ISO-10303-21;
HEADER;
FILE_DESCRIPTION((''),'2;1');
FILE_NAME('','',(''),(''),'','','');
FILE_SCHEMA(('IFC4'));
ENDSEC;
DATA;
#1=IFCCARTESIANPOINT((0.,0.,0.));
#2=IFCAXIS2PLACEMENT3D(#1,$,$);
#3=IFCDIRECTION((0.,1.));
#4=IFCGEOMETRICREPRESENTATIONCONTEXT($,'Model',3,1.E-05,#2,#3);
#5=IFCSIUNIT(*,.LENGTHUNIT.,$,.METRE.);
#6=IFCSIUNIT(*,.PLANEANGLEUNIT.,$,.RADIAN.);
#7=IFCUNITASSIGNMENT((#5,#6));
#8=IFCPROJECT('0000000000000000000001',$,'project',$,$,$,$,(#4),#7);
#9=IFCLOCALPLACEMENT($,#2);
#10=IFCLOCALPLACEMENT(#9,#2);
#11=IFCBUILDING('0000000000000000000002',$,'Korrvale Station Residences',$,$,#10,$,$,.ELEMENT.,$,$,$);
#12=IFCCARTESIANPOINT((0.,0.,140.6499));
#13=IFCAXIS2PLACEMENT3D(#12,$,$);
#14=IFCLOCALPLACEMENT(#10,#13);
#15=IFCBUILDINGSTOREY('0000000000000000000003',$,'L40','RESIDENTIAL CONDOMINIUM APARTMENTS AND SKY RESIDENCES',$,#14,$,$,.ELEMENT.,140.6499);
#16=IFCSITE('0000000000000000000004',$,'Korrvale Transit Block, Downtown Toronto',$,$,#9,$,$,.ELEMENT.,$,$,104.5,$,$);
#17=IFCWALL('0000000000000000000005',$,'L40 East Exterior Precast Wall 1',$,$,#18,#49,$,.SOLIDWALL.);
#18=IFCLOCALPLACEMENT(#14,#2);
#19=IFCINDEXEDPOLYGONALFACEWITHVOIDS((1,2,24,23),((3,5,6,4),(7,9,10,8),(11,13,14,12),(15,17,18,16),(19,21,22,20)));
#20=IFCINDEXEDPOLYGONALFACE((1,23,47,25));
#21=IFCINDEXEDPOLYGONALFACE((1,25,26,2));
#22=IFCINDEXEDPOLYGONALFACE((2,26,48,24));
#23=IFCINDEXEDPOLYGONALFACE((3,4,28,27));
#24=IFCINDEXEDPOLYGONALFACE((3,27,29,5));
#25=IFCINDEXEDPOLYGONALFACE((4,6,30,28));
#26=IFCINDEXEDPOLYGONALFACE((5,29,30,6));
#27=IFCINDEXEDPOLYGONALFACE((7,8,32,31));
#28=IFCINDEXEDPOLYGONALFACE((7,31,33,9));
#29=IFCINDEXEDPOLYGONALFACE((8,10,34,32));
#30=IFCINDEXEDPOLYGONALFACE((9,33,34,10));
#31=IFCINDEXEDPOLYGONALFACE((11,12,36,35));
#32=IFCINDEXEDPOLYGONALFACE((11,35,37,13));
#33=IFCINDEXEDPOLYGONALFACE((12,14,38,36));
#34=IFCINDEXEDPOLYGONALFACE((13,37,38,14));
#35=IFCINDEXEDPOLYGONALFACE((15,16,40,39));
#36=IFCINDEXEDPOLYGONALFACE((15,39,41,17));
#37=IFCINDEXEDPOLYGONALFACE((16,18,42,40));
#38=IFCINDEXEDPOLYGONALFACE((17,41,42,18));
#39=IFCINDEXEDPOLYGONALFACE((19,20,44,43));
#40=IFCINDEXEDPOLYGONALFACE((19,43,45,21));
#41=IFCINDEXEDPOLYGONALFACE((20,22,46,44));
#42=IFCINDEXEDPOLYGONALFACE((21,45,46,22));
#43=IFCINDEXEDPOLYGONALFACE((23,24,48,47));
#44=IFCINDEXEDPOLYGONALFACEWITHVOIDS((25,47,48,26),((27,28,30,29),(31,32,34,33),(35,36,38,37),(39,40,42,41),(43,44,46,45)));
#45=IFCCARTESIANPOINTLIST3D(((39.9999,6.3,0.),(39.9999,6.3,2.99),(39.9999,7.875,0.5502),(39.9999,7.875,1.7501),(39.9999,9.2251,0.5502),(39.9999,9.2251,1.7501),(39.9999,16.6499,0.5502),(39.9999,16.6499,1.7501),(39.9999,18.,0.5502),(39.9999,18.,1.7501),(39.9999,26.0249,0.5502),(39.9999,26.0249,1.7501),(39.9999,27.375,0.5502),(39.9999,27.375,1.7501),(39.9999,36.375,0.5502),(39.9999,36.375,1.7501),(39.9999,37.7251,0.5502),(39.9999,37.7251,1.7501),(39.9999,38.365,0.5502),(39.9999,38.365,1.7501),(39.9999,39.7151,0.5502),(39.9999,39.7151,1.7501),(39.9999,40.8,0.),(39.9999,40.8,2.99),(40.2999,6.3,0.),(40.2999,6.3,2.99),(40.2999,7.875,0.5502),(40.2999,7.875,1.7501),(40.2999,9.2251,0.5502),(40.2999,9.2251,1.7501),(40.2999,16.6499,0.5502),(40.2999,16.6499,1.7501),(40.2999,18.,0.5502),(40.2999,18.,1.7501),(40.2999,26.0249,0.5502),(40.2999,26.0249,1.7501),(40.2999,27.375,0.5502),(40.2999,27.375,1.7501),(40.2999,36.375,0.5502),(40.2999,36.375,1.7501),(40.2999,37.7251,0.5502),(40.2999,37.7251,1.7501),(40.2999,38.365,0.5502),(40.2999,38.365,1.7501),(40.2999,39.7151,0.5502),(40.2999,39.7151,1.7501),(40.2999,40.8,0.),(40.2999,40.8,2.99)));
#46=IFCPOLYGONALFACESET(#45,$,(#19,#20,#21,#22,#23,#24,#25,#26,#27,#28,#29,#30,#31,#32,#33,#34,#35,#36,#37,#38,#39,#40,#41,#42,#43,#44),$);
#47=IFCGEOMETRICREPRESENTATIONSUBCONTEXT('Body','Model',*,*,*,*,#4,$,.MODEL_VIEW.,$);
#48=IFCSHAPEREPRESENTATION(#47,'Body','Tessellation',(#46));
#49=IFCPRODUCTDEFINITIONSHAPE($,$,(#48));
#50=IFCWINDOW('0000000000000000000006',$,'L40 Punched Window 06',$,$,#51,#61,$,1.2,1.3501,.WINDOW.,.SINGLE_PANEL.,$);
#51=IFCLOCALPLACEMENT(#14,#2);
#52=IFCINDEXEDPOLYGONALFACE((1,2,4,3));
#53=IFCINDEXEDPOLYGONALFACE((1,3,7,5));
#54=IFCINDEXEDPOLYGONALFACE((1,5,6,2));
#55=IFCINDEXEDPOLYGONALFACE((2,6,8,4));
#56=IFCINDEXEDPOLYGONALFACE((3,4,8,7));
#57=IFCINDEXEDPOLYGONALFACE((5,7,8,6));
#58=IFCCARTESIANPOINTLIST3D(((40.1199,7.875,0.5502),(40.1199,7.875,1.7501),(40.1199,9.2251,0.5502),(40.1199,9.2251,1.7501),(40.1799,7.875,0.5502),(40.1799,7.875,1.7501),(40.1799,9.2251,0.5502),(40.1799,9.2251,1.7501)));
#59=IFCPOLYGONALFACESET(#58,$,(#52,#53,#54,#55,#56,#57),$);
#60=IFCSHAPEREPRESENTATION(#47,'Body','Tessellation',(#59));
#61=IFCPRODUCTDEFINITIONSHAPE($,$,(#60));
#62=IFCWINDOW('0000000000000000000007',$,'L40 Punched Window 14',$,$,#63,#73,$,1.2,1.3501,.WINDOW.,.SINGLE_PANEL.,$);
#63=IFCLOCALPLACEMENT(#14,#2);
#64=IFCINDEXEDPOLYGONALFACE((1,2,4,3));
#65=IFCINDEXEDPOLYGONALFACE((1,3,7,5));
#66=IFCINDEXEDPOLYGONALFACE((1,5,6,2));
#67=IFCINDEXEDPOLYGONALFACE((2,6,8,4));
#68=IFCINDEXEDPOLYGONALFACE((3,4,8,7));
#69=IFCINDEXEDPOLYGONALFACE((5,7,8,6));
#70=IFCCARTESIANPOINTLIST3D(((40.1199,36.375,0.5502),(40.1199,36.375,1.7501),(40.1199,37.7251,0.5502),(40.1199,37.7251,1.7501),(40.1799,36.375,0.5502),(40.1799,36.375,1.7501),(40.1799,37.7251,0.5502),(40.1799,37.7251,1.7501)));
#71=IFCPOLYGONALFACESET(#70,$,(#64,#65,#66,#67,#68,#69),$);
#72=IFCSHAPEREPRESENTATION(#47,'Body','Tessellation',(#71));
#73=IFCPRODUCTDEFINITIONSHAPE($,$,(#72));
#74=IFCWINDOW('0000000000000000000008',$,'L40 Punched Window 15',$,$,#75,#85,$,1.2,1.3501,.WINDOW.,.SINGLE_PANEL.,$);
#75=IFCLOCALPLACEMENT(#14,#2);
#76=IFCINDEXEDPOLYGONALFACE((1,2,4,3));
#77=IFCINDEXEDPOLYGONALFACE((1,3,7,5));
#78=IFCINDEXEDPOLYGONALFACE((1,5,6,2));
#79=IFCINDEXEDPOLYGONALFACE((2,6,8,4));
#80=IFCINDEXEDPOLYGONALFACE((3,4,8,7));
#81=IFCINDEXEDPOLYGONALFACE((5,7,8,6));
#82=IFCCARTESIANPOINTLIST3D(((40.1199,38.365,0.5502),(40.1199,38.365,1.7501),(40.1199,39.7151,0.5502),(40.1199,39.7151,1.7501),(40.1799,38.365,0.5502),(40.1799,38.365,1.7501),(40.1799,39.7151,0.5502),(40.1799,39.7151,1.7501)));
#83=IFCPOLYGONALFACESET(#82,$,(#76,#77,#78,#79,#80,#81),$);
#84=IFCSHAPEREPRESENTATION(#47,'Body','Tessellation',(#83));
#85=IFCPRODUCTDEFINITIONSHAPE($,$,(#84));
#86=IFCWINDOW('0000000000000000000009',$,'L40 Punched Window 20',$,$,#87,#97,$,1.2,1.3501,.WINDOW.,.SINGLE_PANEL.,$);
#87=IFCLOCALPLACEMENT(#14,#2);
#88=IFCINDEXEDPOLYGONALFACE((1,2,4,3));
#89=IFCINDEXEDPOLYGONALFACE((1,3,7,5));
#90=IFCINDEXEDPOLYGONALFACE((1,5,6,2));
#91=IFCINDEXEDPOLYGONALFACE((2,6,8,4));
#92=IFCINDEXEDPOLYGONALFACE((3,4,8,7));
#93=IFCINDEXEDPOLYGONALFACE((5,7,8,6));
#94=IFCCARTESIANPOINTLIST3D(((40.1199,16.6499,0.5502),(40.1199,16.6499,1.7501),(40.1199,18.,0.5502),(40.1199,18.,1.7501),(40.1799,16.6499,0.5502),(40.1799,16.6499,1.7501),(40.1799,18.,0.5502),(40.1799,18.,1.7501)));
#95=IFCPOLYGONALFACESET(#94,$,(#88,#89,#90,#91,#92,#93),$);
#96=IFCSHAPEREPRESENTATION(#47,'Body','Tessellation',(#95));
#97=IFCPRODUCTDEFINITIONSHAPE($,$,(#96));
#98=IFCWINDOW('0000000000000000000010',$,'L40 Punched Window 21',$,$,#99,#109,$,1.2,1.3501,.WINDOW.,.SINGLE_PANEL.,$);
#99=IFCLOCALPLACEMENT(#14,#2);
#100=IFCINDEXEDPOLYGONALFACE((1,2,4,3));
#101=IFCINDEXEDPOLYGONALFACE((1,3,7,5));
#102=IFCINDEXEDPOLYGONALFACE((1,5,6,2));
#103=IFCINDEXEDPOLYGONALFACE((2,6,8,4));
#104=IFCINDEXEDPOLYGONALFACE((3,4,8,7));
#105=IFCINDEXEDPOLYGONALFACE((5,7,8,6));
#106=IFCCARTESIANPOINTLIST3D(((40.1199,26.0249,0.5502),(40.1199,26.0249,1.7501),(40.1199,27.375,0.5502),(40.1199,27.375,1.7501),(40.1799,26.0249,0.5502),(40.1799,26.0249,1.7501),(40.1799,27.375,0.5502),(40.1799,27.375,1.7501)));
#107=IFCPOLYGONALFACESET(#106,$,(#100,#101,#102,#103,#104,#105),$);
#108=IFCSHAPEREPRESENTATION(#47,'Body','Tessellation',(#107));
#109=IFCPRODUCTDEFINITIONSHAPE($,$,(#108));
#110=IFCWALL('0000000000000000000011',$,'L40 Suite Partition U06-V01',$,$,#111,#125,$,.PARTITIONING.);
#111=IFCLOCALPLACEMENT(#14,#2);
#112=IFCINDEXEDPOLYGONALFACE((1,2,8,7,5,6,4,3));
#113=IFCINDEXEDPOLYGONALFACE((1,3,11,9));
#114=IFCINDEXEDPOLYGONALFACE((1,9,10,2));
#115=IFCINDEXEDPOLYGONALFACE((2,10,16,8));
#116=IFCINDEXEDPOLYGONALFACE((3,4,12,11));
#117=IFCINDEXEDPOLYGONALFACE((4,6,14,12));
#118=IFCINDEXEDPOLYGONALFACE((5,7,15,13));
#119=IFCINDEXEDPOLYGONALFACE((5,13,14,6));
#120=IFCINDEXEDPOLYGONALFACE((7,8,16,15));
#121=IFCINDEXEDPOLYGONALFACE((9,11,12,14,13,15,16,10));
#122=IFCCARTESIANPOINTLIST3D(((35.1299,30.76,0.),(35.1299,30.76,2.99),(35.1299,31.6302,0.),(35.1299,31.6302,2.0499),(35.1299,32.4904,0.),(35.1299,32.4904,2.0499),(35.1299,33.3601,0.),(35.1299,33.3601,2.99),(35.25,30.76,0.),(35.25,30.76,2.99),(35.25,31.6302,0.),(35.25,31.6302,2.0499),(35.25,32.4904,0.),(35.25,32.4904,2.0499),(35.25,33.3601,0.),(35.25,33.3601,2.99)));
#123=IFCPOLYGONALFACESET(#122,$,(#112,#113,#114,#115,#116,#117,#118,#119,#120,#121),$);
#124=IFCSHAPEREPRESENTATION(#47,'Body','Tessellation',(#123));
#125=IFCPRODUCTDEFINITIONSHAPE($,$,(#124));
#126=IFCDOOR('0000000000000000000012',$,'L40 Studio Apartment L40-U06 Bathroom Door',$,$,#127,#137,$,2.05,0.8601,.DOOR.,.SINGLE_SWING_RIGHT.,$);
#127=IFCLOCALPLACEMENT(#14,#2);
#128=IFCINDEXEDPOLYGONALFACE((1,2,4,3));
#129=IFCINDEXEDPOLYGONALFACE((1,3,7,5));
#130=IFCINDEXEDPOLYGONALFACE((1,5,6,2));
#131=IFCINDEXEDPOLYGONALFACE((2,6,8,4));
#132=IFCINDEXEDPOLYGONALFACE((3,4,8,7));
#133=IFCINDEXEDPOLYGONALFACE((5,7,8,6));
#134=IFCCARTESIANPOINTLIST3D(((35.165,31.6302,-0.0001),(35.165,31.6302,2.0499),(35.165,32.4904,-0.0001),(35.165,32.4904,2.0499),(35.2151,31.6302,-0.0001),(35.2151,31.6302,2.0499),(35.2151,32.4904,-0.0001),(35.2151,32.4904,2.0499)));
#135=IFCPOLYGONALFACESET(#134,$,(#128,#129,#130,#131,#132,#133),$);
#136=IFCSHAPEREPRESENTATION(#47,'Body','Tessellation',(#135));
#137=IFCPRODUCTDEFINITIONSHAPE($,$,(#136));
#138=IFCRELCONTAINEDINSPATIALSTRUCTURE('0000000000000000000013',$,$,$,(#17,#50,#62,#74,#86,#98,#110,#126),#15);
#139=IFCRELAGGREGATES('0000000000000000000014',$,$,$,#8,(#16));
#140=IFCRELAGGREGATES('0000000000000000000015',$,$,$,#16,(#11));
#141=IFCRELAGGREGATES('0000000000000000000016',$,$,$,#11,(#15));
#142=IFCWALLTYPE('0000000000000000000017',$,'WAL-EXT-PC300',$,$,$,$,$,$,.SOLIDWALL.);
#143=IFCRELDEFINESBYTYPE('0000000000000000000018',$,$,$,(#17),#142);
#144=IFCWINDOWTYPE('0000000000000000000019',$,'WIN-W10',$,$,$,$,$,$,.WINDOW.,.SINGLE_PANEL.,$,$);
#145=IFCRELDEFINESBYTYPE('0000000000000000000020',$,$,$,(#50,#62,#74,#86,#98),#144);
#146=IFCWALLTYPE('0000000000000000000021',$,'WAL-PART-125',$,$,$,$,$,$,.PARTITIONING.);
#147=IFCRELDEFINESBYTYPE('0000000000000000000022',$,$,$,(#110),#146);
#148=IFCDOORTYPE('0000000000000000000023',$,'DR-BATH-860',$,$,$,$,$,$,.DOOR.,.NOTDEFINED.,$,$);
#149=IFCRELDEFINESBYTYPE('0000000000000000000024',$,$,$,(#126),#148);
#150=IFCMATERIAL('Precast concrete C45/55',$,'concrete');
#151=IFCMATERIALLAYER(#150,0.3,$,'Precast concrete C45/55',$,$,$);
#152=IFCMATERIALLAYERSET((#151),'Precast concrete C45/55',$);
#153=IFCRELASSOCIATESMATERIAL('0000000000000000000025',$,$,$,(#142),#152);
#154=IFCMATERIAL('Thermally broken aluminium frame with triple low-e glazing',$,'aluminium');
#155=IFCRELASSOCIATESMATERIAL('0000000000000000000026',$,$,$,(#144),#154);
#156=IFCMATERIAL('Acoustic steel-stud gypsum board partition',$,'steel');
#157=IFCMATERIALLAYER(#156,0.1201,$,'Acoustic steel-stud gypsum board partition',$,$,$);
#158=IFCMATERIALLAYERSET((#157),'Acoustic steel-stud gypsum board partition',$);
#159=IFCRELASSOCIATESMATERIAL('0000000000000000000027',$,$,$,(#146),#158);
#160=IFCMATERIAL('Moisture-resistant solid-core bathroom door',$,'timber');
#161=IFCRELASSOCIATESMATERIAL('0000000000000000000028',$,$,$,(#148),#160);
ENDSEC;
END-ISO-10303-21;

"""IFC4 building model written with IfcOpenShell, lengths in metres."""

from ifc_helpers import new_model, si_unit, direction, frame, frame_2d, origin, place, context, subcontext, project, spatial, rectangle, extrude, material, layer, layer_set, type_object, element, fill, save


model = new_model("IFC4")

# Units and contexts
model_context = context("Model", 3, precision=1e-05, world=origin(), true_north=direction((0.0, 1.0)))
body_context = subcontext(model_context, "Body", "Model", "MODEL_VIEW")
ifc_project = project(units=[si_unit("LENGTHUNIT", "METRE"), si_unit("PLANEANGLEUNIT", "RADIAN")], contexts=[model_context])

# Site, building, storey
site_placement = place(None, origin())
site = spatial("IfcSite", under=ifc_project, at=site_placement, Name="Korrvale Transit Block, Downtown Toronto", CompositionType="ELEMENT", RefElevation=104.5)
building_placement = place(site_placement, origin())
building = spatial("IfcBuilding", under=site, at=building_placement, Name="Korrvale Station Residences", CompositionType="ELEMENT")
storey_placement = place(building_placement, frame((0.0, 0.0, 140.6499)))
storey = spatial("IfcBuildingStorey", under=building, at=storey_placement, Name="L40", Description="RESIDENTIAL CONDOMINIUM APARTMENTS AND SKY RESIDENCES", CompositionType="ELEMENT", Elevation=140.6499)

# Shared definitions
ifc_material_1 = material(Name="Precast concrete C45/55", Category="concrete")
ifc_layer_1 = layer(ifc_material_1, 0.3, Name="Precast concrete C45/55")
ifc_layer_set_1 = layer_set([ifc_layer_1], Name="Precast concrete C45/55")
wall_type_1 = type_object("IfcWallType", Name="WAL-EXT-PC300", PredefinedType="SOLIDWALL", material=ifc_layer_set_1)

# Wall, openings, windows
wall_1_placement = place(storey_placement, frame((40.1499, 40.8, 0.0), z_axis=(0.0, 0.0, 1.0), x_axis=(0.0, -1.0, 0.0)))
wall_1 = element("IfcWall", 1, at=wall_1_placement, inside=storey, type_object=wall_type_1, Name="L40 East Exterior Precast Wall 1", PredefinedType="SOLIDWALL", context=body_context, shape_type="SweptSolid", body=[
    extrude(rectangle(XDim=34.5, YDim=0.3, at=frame_2d((17.25, 0.0))), origin(), (0.0, 0.0, 1.0), 2.99),
])
opening_1_placement = place(wall_1_placement, frame((31.575, 0.0, 0.55)))
opening_1 = element("IfcOpeningElement", 2, at=opening_1_placement, cuts=wall_1, PredefinedType="OPENING", context=body_context, shape_type="SweptSolid", body=[
    extrude(rectangle(XDim=1.3501, YDim=1.2, at=frame_2d((0.675, 0.6001))), frame((0.0, 0.1602, 0.0), z_axis=(0.0, -1.0, 0.0), x_axis=(1.0, 0.0, 0.0)), (0.0, 0.0, 1.0), 0.3201),
])
opening_2_placement = place(wall_1_placement, frame((3.075, 0.0, 0.55)))
opening_2 = element("IfcOpeningElement", 3, at=opening_2_placement, cuts=wall_1, PredefinedType="OPENING", context=body_context, shape_type="SweptSolid", body=[
    extrude(rectangle(XDim=1.3501, YDim=1.2, at=frame_2d((0.675, 0.6001))), frame((0.0, 0.1602, 0.0), z_axis=(0.0, -1.0, 0.0), x_axis=(1.0, 0.0, 0.0)), (0.0, 0.0, 1.0), 0.3201),
])
opening_3_placement = place(wall_1_placement, frame((1.085, 0.0, 0.55)))
opening_3 = element("IfcOpeningElement", 4, at=opening_3_placement, cuts=wall_1, PredefinedType="OPENING", context=body_context, shape_type="SweptSolid", body=[
    extrude(rectangle(XDim=1.3501, YDim=1.2, at=frame_2d((0.675, 0.6001))), frame((0.0, 0.1602, 0.0), z_axis=(0.0, -1.0, 0.0), x_axis=(1.0, 0.0, 0.0)), (0.0, 0.0, 1.0), 0.3201),
])
opening_4_placement = place(wall_1_placement, frame((22.8, 0.0, 0.55)))
opening_4 = element("IfcOpeningElement", 5, at=opening_4_placement, cuts=wall_1, PredefinedType="OPENING", context=body_context, shape_type="SweptSolid", body=[
    extrude(rectangle(XDim=1.3501, YDim=1.2, at=frame_2d((0.675, 0.6001))), frame((0.0, 0.1602, 0.0), z_axis=(0.0, -1.0, 0.0), x_axis=(1.0, 0.0, 0.0)), (0.0, 0.0, 1.0), 0.3201),
])
opening_5_placement = place(wall_1_placement, frame((13.425, 0.0, 0.55)))
opening_5 = element("IfcOpeningElement", 6, at=opening_5_placement, cuts=wall_1, PredefinedType="OPENING", context=body_context, shape_type="SweptSolid", body=[
    extrude(rectangle(XDim=1.3501, YDim=1.2, at=frame_2d((0.675, 0.6001))), frame((0.0, 0.1602, 0.0), z_axis=(0.0, -1.0, 0.0), x_axis=(1.0, 0.0, 0.0)), (0.0, 0.0, 1.0), 0.3201),
])
ifc_material_2 = material(Name="Thermally broken aluminium frame with triple low-e glazing", Category="aluminium")
window_type = type_object("IfcWindowType", Name="WIN-W10", PartitioningType="SINGLE_PANEL", PredefinedType="WINDOW", material=ifc_material_2)
window_1_placement = place(opening_1_placement, origin())
window_1 = element("IfcWindow", 7, at=window_1_placement, inside=storey, type_object=window_type, Name="L40 Punched Window 06", OverallHeight=1.2, OverallWidth=1.3501, PartitioningType="SINGLE_PANEL", PredefinedType="WINDOW", context=body_context, shape_type="SweptSolid", body=[
    extrude(rectangle(XDim=1.3501, YDim=1.2, at=frame_2d((0.675, 0.6001))), frame((0.0, 0.03, 0.0), z_axis=(0.0, -1.0, 0.0), x_axis=(1.0, 0.0, 0.0)), (0.0, 0.0, 1.0), 0.0601),
])
fill(opening_1, window_1)
window_2_placement = place(opening_2_placement, origin())
window_2 = element("IfcWindow", 8, at=window_2_placement, inside=storey, type_object=window_type, Name="L40 Punched Window 14", OverallHeight=1.2, OverallWidth=1.3501, PartitioningType="SINGLE_PANEL", PredefinedType="WINDOW", context=body_context, shape_type="SweptSolid", body=[
    extrude(rectangle(XDim=1.3501, YDim=1.2, at=frame_2d((0.675, 0.6001))), frame((0.0, 0.03, 0.0), z_axis=(0.0, -1.0, 0.0), x_axis=(1.0, 0.0, 0.0)), (0.0, 0.0, 1.0), 0.0601),
])
fill(opening_2, window_2)
window_3_placement = place(opening_3_placement, origin())
window_3 = element("IfcWindow", 9, at=window_3_placement, inside=storey, type_object=window_type, Name="L40 Punched Window 15", OverallHeight=1.2, OverallWidth=1.3501, PartitioningType="SINGLE_PANEL", PredefinedType="WINDOW", context=body_context, shape_type="SweptSolid", body=[
    extrude(rectangle(XDim=1.3501, YDim=1.2, at=frame_2d((0.675, 0.6001))), frame((0.0, 0.03, 0.0), z_axis=(0.0, -1.0, 0.0), x_axis=(1.0, 0.0, 0.0)), (0.0, 0.0, 1.0), 0.0601),
])
fill(opening_3, window_3)
window_4_placement = place(opening_4_placement, origin())
window_4 = element("IfcWindow", 10, at=window_4_placement, inside=storey, type_object=window_type, Name="L40 Punched Window 20", OverallHeight=1.2, OverallWidth=1.3501, PartitioningType="SINGLE_PANEL", PredefinedType="WINDOW", context=body_context, shape_type="SweptSolid", body=[
    extrude(rectangle(XDim=1.3501, YDim=1.2, at=frame_2d((0.675, 0.6001))), frame((0.0, 0.03, 0.0), z_axis=(0.0, -1.0, 0.0), x_axis=(1.0, 0.0, 0.0)), (0.0, 0.0, 1.0), 0.0601),
])
fill(opening_4, window_4)
window_5_placement = place(opening_5_placement, origin())
window_5 = element("IfcWindow", 11, at=window_5_placement, inside=storey, type_object=window_type, Name="L40 Punched Window 21", OverallHeight=1.2, OverallWidth=1.3501, PartitioningType="SINGLE_PANEL", PredefinedType="WINDOW", context=body_context, shape_type="SweptSolid", body=[
    extrude(rectangle(XDim=1.3501, YDim=1.2, at=frame_2d((0.675, 0.6001))), frame((0.0, 0.03, 0.0), z_axis=(0.0, -1.0, 0.0), x_axis=(1.0, 0.0, 0.0)), (0.0, 0.0, 1.0), 0.0601),
])
fill(opening_5, window_5)

# Wall, opening, door
ifc_material_3 = material(Name="Acoustic steel-stud gypsum board partition", Category="steel")
ifc_layer_2 = layer(ifc_material_3, 0.1201, Name="Acoustic steel-stud gypsum board partition")
ifc_layer_set_2 = layer_set([ifc_layer_2], Name="Acoustic steel-stud gypsum board partition")
wall_type_2 = type_object("IfcWallType", Name="WAL-PART-125", PredefinedType="PARTITIONING", material=ifc_layer_set_2)
wall_2_placement = place(storey_placement, frame((35.1899, 30.76, 0.0), z_axis=(0.0, 0.0, 1.0), x_axis=(0.0, 1.0, 0.0)))
wall_2 = element("IfcWall", 12, at=wall_2_placement, inside=storey, type_object=wall_type_2, Name="L40 Suite Partition U06-V01", PredefinedType="PARTITIONING", context=body_context, shape_type="SweptSolid", body=[
    extrude(rectangle(XDim=2.6001, YDim=0.1201, at=frame_2d((1.3, 0.0))), origin(), (0.0, 0.0, 1.0), 2.99),
])
opening_6_placement = place(wall_2_placement, frame((0.8701, 0.0, 0.0)))
opening_6 = element("IfcOpeningElement", 13, at=opening_6_placement, cuts=wall_2, PredefinedType="OPENING", context=body_context, shape_type="SweptSolid", body=[
    extrude(rectangle(XDim=0.8601, YDim=2.05, at=frame_2d((0.4302, 1.0249))), frame((0.0, 0.0701, 0.0), z_axis=(0.0, -1.0, 0.0), x_axis=(1.0, 0.0, 0.0)), (0.0, 0.0, 1.0), 0.1401),
])
ifc_material_4 = material(Name="Moisture-resistant solid-core bathroom door", Category="timber")
door_type_1 = type_object("IfcDoorType", Name="DR-BATH-860", OperationType="NOTDEFINED", PredefinedType="DOOR", material=ifc_material_4)
door_1_placement = place(opening_6_placement, origin())
door_1 = element("IfcDoor", 14, at=door_1_placement, inside=storey, type_object=door_type_1, Name="L40 Studio Apartment L40-U06 Bathroom Door", OperationType="SINGLE_SWING_RIGHT", OverallHeight=2.05, OverallWidth=0.8601, PredefinedType="DOOR", context=body_context, shape_type="SweptSolid", body=[
    extrude(rectangle(XDim=0.8601, YDim=2.05, at=frame_2d((0.4302, 1.0249))), frame((0.0, 0.0249, 0.0), z_axis=(0.0, -1.0, 0.0), x_axis=(1.0, 0.0, 0.0)), (0.0, 0.0, 1.0), 0.05),
])
fill(opening_6, door_1)

save(model, "model.ifc")
